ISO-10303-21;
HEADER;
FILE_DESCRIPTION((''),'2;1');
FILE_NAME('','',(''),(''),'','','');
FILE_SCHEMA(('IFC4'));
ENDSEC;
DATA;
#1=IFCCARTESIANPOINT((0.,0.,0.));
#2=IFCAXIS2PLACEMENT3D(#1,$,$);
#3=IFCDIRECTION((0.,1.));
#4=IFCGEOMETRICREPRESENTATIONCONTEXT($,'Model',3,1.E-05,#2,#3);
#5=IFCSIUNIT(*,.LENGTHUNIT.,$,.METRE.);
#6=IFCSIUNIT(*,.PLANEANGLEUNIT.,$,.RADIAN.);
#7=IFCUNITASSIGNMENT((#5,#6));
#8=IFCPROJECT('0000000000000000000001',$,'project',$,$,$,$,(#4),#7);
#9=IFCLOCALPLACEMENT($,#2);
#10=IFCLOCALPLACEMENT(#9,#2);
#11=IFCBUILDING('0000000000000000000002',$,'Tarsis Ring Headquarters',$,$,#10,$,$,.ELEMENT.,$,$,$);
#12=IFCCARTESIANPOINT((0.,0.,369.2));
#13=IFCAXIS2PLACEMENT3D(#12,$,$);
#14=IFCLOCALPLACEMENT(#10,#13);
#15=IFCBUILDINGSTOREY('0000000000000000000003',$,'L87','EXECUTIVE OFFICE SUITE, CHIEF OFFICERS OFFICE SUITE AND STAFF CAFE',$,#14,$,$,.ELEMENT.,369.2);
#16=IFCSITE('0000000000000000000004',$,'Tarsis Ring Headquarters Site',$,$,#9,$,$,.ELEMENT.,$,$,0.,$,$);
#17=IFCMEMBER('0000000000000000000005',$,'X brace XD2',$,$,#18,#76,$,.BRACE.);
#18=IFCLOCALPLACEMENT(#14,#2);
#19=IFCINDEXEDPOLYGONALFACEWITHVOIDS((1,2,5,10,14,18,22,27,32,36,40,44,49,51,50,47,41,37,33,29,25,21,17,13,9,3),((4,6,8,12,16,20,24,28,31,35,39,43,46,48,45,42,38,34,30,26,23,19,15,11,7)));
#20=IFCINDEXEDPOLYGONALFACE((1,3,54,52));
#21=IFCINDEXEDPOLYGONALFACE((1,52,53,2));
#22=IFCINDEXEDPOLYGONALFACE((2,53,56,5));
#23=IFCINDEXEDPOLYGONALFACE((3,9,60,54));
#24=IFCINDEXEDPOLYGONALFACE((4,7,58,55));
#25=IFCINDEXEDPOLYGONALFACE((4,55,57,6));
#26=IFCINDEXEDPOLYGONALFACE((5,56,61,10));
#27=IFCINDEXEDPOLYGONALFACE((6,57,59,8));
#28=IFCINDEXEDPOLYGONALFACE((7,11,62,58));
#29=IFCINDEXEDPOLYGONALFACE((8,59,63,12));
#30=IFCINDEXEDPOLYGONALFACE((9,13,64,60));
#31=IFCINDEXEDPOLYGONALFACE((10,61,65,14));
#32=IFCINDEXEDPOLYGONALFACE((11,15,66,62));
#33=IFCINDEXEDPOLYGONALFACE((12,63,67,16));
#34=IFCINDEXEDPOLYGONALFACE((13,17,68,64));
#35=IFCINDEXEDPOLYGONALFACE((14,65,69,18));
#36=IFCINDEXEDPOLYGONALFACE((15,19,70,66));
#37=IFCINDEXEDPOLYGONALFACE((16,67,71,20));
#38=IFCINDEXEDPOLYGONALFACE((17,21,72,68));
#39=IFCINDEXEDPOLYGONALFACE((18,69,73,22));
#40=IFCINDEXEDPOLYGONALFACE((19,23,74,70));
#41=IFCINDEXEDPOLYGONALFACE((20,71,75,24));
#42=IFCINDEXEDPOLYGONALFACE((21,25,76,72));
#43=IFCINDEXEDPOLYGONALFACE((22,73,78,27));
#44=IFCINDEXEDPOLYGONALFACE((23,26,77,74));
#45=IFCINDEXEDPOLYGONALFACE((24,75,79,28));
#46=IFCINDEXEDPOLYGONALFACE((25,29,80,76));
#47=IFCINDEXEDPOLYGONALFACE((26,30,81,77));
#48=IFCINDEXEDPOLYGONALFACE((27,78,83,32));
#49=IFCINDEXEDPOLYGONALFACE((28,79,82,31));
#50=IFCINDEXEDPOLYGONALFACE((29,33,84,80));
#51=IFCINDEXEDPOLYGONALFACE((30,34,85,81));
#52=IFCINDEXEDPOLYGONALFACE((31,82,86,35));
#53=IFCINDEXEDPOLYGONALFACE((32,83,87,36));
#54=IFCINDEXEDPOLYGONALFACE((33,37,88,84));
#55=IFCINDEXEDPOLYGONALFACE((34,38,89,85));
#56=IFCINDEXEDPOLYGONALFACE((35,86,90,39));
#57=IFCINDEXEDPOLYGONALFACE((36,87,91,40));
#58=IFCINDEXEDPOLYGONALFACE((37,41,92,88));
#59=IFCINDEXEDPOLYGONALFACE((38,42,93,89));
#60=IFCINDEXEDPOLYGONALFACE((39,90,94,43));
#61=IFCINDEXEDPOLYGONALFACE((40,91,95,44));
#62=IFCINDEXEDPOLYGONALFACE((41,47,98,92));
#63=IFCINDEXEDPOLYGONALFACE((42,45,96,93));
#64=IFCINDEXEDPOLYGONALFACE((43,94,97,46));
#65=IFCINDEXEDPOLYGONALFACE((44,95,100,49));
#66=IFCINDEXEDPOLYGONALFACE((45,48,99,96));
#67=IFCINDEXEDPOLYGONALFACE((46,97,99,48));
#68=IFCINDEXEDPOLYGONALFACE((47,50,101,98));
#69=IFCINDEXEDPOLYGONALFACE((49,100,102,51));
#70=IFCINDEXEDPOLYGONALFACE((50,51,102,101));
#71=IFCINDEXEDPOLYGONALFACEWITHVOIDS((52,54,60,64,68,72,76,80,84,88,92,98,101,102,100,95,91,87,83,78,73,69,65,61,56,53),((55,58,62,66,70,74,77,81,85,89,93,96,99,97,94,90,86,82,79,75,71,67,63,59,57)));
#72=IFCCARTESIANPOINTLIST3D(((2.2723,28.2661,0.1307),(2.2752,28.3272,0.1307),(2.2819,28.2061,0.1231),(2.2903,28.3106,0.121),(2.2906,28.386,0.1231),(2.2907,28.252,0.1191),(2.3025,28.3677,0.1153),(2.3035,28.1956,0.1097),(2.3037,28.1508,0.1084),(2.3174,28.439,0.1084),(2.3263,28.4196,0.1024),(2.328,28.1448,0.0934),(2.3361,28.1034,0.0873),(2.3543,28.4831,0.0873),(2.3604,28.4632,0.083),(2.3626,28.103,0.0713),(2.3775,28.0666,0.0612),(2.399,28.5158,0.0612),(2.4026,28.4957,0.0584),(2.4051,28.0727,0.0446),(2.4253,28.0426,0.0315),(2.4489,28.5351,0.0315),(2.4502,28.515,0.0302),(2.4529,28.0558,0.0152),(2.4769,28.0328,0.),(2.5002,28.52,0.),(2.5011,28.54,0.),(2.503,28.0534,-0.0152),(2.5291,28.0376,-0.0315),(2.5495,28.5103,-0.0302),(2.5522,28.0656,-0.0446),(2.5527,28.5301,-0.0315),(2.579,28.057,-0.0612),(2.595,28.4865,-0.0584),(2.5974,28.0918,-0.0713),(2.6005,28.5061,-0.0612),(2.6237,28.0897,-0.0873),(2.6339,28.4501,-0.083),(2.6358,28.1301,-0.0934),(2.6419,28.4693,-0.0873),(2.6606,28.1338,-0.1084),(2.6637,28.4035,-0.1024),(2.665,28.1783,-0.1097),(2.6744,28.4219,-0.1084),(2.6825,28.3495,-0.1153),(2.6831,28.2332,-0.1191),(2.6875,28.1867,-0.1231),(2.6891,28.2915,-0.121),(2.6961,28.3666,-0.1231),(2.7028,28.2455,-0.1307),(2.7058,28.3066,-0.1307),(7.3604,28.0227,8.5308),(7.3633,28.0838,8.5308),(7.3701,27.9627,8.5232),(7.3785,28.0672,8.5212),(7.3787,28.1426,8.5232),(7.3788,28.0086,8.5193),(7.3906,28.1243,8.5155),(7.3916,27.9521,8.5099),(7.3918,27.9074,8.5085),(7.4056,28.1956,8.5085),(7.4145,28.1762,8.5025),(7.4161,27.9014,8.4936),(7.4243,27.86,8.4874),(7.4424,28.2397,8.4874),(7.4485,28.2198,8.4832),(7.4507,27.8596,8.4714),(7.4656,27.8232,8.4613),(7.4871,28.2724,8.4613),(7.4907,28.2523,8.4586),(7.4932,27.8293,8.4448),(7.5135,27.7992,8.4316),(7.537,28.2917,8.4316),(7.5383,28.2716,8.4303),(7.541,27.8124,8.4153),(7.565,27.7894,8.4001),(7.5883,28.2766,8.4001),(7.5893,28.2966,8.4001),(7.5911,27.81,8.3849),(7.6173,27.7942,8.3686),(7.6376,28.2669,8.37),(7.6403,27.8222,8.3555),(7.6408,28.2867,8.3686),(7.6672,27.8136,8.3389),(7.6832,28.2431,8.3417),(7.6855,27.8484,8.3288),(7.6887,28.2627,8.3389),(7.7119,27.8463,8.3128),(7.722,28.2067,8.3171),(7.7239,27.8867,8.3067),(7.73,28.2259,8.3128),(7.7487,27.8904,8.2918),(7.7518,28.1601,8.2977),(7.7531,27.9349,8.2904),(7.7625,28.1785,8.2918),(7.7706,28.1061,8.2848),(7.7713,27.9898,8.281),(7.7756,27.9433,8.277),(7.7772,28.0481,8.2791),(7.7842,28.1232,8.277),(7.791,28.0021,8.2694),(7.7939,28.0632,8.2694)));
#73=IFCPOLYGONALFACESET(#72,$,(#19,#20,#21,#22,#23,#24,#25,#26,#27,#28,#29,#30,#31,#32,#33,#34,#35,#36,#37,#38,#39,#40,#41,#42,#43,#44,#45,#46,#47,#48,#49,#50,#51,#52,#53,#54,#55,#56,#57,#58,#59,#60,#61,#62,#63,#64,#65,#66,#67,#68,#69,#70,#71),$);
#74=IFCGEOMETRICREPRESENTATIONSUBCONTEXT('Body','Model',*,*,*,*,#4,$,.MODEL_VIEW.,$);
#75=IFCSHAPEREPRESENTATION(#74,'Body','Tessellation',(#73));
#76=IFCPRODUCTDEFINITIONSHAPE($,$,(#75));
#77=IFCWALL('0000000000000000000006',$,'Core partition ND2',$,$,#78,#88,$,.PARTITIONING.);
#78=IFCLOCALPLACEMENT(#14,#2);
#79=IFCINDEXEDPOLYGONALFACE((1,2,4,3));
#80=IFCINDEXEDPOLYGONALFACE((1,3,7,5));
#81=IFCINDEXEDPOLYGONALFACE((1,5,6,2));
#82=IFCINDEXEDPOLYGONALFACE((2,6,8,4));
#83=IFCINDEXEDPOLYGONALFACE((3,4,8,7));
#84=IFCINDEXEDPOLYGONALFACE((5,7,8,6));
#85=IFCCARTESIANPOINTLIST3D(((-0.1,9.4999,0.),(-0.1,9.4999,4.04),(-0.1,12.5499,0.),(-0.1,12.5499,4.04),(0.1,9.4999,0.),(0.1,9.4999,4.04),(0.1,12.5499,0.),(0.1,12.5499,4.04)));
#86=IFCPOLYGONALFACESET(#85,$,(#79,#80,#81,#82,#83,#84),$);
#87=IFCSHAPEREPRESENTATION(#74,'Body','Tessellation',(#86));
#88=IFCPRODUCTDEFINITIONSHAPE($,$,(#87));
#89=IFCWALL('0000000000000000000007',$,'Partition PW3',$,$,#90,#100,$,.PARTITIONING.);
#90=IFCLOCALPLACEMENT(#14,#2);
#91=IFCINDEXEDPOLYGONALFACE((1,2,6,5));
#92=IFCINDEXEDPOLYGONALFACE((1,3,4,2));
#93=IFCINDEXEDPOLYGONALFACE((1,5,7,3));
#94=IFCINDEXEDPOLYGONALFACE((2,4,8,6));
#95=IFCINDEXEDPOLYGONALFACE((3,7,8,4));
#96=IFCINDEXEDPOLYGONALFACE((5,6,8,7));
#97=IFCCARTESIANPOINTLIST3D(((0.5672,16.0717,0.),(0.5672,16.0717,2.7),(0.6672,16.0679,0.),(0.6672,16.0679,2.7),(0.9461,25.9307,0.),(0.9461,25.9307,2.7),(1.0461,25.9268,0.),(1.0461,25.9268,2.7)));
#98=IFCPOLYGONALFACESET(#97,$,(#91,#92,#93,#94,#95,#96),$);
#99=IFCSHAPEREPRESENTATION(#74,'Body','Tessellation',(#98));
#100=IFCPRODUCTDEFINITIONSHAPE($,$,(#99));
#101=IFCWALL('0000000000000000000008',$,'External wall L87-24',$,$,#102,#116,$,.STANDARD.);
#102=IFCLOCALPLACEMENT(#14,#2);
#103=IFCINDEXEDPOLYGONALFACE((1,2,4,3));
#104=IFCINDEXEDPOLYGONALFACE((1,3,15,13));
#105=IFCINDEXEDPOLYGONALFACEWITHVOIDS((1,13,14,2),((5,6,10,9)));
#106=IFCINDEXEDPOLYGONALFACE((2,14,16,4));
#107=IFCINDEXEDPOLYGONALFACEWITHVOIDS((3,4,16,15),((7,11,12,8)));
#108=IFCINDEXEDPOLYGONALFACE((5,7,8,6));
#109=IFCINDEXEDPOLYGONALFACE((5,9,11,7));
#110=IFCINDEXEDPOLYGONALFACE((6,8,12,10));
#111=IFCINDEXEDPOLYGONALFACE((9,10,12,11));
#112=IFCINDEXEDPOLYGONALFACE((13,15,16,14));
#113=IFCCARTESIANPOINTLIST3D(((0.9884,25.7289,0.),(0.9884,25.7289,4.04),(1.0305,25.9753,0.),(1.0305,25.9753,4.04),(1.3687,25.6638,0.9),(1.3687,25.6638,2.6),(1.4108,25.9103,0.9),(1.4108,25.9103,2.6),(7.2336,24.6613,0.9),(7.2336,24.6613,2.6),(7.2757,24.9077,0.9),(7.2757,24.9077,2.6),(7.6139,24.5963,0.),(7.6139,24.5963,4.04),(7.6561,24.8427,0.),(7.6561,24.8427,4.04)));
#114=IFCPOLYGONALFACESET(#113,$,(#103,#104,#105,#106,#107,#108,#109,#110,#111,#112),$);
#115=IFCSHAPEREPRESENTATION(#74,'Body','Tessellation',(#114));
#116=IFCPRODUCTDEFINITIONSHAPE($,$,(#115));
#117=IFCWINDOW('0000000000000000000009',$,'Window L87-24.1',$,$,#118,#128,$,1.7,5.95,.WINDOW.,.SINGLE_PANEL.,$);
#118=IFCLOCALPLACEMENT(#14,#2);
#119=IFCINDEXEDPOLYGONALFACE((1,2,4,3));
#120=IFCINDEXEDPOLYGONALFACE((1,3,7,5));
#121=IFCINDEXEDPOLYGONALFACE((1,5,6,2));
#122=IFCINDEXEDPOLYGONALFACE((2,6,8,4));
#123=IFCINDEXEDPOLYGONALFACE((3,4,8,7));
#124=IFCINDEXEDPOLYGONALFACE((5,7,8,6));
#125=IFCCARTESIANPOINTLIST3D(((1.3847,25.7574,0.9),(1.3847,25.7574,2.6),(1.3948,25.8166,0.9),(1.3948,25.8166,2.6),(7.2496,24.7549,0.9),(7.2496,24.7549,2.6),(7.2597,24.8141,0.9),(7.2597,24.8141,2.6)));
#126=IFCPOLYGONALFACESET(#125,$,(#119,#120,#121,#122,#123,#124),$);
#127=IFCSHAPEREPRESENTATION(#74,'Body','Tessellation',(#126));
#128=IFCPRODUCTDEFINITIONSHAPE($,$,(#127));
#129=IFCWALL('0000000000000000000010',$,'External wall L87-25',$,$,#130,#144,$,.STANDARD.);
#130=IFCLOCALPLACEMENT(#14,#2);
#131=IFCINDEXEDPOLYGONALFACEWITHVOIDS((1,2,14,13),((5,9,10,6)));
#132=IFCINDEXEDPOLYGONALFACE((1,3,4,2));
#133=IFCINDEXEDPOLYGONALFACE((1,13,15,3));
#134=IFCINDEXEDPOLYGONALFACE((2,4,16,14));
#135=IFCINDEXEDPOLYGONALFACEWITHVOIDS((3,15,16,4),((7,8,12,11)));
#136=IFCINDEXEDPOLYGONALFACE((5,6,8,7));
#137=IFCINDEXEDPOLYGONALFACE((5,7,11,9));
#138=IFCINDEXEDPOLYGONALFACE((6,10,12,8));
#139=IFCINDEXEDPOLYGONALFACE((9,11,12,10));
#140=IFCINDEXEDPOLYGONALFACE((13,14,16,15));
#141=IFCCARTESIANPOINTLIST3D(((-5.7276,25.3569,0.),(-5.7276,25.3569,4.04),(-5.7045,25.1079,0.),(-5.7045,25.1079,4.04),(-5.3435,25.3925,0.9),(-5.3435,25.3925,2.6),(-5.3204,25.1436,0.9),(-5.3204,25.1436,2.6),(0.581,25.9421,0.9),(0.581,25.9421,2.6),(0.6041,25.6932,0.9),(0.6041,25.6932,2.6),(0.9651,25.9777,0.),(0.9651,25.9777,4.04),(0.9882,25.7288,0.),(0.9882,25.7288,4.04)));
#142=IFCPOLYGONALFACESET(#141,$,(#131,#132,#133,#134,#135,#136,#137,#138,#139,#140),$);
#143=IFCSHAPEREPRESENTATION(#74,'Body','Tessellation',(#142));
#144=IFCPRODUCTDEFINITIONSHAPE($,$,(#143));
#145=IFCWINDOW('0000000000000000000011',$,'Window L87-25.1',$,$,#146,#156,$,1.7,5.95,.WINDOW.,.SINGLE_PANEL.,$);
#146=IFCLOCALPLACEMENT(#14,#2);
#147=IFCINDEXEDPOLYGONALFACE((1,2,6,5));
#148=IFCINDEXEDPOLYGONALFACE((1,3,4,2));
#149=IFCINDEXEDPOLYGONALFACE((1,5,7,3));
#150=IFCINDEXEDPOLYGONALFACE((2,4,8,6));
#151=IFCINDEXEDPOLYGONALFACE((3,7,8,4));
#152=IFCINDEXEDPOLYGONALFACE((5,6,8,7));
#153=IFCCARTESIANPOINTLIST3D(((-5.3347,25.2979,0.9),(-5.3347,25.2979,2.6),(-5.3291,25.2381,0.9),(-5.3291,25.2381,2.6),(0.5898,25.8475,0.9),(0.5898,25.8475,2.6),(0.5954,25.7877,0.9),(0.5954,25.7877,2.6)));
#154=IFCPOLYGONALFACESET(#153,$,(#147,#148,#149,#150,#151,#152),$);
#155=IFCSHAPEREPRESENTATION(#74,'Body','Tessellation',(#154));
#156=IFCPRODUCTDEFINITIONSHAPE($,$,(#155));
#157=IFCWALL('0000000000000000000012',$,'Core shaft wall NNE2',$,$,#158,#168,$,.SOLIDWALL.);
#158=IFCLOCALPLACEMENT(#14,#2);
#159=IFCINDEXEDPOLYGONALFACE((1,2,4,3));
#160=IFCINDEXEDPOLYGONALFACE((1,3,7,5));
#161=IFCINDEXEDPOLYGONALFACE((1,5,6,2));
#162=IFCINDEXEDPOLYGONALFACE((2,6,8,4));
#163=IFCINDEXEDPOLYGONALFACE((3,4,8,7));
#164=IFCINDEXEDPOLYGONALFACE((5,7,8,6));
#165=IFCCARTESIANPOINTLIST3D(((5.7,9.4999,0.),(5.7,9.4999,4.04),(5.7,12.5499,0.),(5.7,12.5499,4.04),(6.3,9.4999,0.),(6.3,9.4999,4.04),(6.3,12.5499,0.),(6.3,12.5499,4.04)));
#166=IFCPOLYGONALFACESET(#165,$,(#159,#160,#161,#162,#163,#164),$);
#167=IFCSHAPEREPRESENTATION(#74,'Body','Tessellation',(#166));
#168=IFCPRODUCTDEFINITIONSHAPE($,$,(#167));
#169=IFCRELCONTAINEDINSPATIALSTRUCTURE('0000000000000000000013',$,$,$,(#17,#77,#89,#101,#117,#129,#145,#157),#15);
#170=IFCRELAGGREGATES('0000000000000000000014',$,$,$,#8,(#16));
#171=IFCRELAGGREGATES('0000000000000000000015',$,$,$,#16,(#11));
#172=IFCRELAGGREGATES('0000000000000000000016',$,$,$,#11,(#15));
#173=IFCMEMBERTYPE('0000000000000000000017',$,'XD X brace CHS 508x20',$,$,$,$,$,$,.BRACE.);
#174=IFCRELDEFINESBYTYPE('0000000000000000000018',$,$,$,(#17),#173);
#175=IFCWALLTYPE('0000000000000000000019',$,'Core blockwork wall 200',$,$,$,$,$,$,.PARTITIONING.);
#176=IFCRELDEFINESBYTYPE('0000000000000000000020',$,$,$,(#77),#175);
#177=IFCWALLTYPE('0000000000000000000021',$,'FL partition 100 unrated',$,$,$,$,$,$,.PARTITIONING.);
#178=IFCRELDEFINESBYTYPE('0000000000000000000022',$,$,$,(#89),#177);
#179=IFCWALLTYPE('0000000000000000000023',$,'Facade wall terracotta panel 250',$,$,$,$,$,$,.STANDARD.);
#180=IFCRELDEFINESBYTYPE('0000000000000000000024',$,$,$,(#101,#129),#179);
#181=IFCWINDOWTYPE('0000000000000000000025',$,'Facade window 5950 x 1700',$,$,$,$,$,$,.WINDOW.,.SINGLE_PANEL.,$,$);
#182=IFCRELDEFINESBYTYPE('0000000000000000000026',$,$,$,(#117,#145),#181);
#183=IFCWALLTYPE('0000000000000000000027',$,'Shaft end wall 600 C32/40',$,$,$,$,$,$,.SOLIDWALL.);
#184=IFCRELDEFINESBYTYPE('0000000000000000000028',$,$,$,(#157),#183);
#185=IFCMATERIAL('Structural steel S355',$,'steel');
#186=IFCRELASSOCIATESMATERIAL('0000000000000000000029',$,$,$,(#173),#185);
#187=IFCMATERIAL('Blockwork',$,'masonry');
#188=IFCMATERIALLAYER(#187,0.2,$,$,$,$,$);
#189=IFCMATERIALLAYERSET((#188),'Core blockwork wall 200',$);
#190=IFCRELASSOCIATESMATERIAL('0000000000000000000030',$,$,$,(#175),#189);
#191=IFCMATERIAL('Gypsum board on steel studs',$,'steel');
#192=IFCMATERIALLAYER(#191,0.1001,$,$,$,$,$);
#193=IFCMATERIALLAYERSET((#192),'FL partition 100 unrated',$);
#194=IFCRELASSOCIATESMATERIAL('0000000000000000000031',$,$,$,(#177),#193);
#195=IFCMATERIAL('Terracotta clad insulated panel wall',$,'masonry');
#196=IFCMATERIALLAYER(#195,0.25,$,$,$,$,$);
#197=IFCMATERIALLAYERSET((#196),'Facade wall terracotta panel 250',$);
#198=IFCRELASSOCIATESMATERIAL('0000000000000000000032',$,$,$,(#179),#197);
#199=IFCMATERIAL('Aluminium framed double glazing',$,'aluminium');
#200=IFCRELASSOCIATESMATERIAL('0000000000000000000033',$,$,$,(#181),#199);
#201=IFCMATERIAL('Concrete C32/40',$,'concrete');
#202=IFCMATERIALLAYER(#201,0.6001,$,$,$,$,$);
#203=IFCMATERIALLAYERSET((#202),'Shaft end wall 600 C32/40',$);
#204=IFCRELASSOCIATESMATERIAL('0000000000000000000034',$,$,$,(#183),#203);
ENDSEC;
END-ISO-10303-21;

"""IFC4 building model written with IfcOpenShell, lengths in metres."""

from ifc_helpers import new_model, si_unit, direction, frame, frame_2d, origin, origin_2d, place, context, subcontext, project, spatial, rectangle, hollow_circle, extrude, material, layer, layer_set, material_profile, profile_set, type_object, element, fill, save


model = new_model("IFC4")

# Units and contexts
model_context = context("Model", 3, precision=1e-05, world=origin(), true_north=direction((0.0, 1.0)))
body_context = subcontext(model_context, "Body", "Model", "MODEL_VIEW")
ifc_project = project(units=[si_unit("LENGTHUNIT", "METRE"), si_unit("PLANEANGLEUNIT", "RADIAN")], contexts=[model_context])

# Site, building, storey
site_placement = place(None, origin())
site = spatial("IfcSite", under=ifc_project, at=site_placement, Name="Tarsis Ring Headquarters Site", CompositionType="ELEMENT", RefElevation=0.0)
building_placement = place(site_placement, origin())
building = spatial("IfcBuilding", under=site, at=building_placement, Name="Tarsis Ring Headquarters", CompositionType="ELEMENT")
storey_placement = place(building_placement, frame((0.0, 0.0, 369.2)))
storey = spatial("IfcBuildingStorey", under=building, at=storey_placement, Name="L87", Description="EXECUTIVE OFFICE SUITE, CHIEF OFFICERS OFFICE SUITE AND STAFF CAFE", CompositionType="ELEMENT", Elevation=369.2)

# Shared definitions
ifc_material_1 = material(Name="Structural steel S355", Category="steel")

# Member
ifc_material_profile_1 = material_profile(ifc_material_1, hollow_circle(Radius=0.2539, WallThickness=0.02, at=origin_2d()), Name="CHS 508x20")
ifc_profile_set_1 = profile_set([ifc_material_profile_1], Name="Structural steel S355")
member_type = type_object("IfcMemberType", Name="XD X brace CHS 508x20", PredefinedType="BRACE", material=ifc_profile_set_1)
member_1_placement = place(storey_placement, frame((2.489, 28.2864, 0.0), z_axis=(0.517929, -0.024777, 0.855064), x_axis=(0.047784, 0.998858, 0.0)))
element("IfcMember", 1, at=member_1_placement, inside=storey, type_object=member_type, Name="X brace XD2", PredefinedType="BRACE", context=body_context, shape_type="SweptSolid", body=[
    extrude(hollow_circle(Radius=0.2539, WallThickness=0.02, at=origin_2d()), origin(), (0.0, 0.0, 1.0), 9.824),
])

# Walls
ifc_material_2 = material(Name="Blockwork", Category="masonry")
ifc_layer_1 = layer(ifc_material_2, 0.2)
ifc_layer_set_1 = layer_set([ifc_layer_1], Name="Core blockwork wall 200")
wall_type_1 = type_object("IfcWallType", Name="Core blockwork wall 200", PredefinedType="PARTITIONING", material=ifc_layer_set_1)
wall_1_placement = place(storey_placement, frame((0.0, 9.5, 0.0), z_axis=(0.0, 0.0, 1.0), x_axis=(0.0, 1.0, 0.0)))
element("IfcWall", 2, at=wall_1_placement, inside=storey, type_object=wall_type_1, Name="Core partition ND2", PredefinedType="PARTITIONING", context=body_context, shape_type="SweptSolid", body=[
    extrude(rectangle(XDim=3.05, YDim=0.2, at=frame_2d((1.5249, 0.0))), origin(), (0.0, 0.0, 1.0), 4.04),
])
ifc_material_3 = material(Name="Gypsum board on steel studs", Category="steel")
ifc_layer_2 = layer(ifc_material_3, 0.1001)
ifc_layer_set_2 = layer_set([ifc_layer_2], Name="FL partition 100 unrated")
wall_type_2 = type_object("IfcWallType", Name="FL partition 100 unrated", PredefinedType="PARTITIONING", material=ifc_layer_set_2)
wall_2_placement = place(storey_placement, frame((0.6172, 16.0698, 0.0), z_axis=(0.0, 0.0, 1.0), x_axis=(0.038405, 0.999262, 0.0)))
element("IfcWall", 3, at=wall_2_placement, inside=storey, type_object=wall_type_2, Name="Partition PW3", PredefinedType="PARTITIONING", context=body_context, shape_type="SweptSolid", body=[
    extrude(rectangle(XDim=9.8662, YDim=0.1001, at=frame_2d((4.9331, 0.0))), origin(), (0.0, 0.0, 1.0), 2.7),
])

# Walls, openings, windows
ifc_material_4 = material(Name="Terracotta clad insulated panel wall", Category="masonry")
ifc_layer_3 = layer(ifc_material_4, 0.25)
ifc_layer_set_3 = layer_set([ifc_layer_3], Name="Facade wall terracotta panel 250")
wall_type_3 = type_object("IfcWallType", Name="Facade wall terracotta panel 250", PredefinedType="STANDARD", material=ifc_layer_set_3)
wall_3_placement = place(storey_placement, frame((7.635, 24.7195, 0.0), z_axis=(0.0, 0.0, 1.0), x_axis=(-0.985702, 0.168497, 0.0)))
wall_3 = element("IfcWall", 4, at=wall_3_placement, inside=storey, type_object=wall_type_3, Name="External wall L87-24", PredefinedType="STANDARD", context=body_context, shape_type="SweptSolid", body=[
    extrude(rectangle(XDim=6.7217, YDim=0.25, at=frame_2d((3.3608, 0.0))), origin(), (0.0, 0.0, 1.0), 4.04),
])
opening_1_placement = place(wall_3_placement, frame((0.3857, 0.0, 0.8999)))
opening_1 = element("IfcOpeningElement", 5, at=opening_1_placement, cuts=wall_3, PredefinedType="OPENING", context=body_context, shape_type="SweptSolid", body=[
    extrude(rectangle(XDim=5.95, YDim=1.7, at=frame_2d((2.9751, 0.8501))), frame((0.0, 0.135, 0.0), z_axis=(0.0, -1.0, 0.0), x_axis=(1.0, 0.0, 0.0)), (0.0, 0.0, 1.0), 0.27),
])
ifc_material_5 = material(Name="Aluminium framed double glazing", Category="aluminium")
window_type = type_object("IfcWindowType", Name="Facade window 5950 x 1700", PartitioningType="SINGLE_PANEL", PredefinedType="WINDOW", material=ifc_material_5)
window_1_placement = place(opening_1_placement, origin())
window_1 = element("IfcWindow", 6, at=window_1_placement, inside=storey, type_object=window_type, Name="Window L87-24.1", OverallHeight=1.7, OverallWidth=5.95, PartitioningType="SINGLE_PANEL", PredefinedType="WINDOW", context=body_context, shape_type="SweptSolid", body=[
    extrude(rectangle(XDim=5.95, YDim=1.7, at=frame_2d((2.9751, 0.8501))), frame((0.0, 0.03, 0.0), z_axis=(0.0, -1.0, 0.0), x_axis=(1.0, 0.0, 0.0)), (0.0, 0.0, 1.0), 0.0601),
])
fill(opening_1, window_1)
wall_4_placement = place(storey_placement, frame((0.9768, 25.8533, 0.0), z_axis=(0.0, 0.0, 1.0), x_axis=(-0.995725, -0.09237, 0.0)))
wall_4 = element("IfcWall", 7, at=wall_4_placement, inside=storey, type_object=wall_type_3, Name="External wall L87-25", PredefinedType="STANDARD", context=body_context, shape_type="SweptSolid", body=[
    extrude(rectangle(XDim=6.7214, YDim=0.25, at=frame_2d((3.3608, 0.0))), origin(), (0.0, 0.0, 1.0), 4.04),
])
opening_2_placement = place(wall_4_placement, frame((0.3857, 0.0, 0.8999)))
opening_2 = element("IfcOpeningElement", 8, at=opening_2_placement, cuts=wall_4, PredefinedType="OPENING", context=body_context, shape_type="SweptSolid", body=[
    extrude(rectangle(XDim=5.95, YDim=1.7, at=frame_2d((2.9751, 0.8501))), frame((0.0, 0.135, 0.0), z_axis=(0.0, -1.0, 0.0), x_axis=(1.0, 0.0, 0.0)), (0.0, 0.0, 1.0), 0.27),
])
window_2_placement = place(opening_2_placement, origin())
window_2 = element("IfcWindow", 9, at=window_2_placement, inside=storey, type_object=window_type, Name="Window L87-25.1", OverallHeight=1.7, OverallWidth=5.95, PartitioningType="SINGLE_PANEL", PredefinedType="WINDOW", context=body_context, shape_type="SweptSolid", body=[
    extrude(rectangle(XDim=5.95, YDim=1.7, at=frame_2d((2.9751, 0.8501))), frame((0.0, 0.03, 0.0), z_axis=(0.0, -1.0, 0.0), x_axis=(1.0, 0.0, 0.0)), (0.0, 0.0, 1.0), 0.0601),
])
fill(opening_2, window_2)

# Wall
ifc_material_6 = material(Name="Concrete C32/40", Category="concrete")
ifc_layer_4 = layer(ifc_material_6, 0.6001)
ifc_layer_set_4 = layer_set([ifc_layer_4], Name="Shaft end wall 600 C32/40")
wall_type_4 = type_object("IfcWallType", Name="Shaft end wall 600 C32/40", PredefinedType="SOLIDWALL", material=ifc_layer_set_4)
wall_5_placement = place(storey_placement, frame((6.0, 9.5, 0.0), z_axis=(0.0, 0.0, 1.0), x_axis=(0.0, 1.0, 0.0)))
element("IfcWall", 10, at=wall_5_placement, inside=storey, type_object=wall_type_4, Name="Core shaft wall NNE2", PredefinedType="SOLIDWALL", context=body_context, shape_type="SweptSolid", body=[
    extrude(rectangle(XDim=3.05, YDim=0.6001, at=frame_2d((1.5249, 0.0))), origin(), (0.0, 0.0, 1.0), 4.04),
])

save(model, "model.ifc")
